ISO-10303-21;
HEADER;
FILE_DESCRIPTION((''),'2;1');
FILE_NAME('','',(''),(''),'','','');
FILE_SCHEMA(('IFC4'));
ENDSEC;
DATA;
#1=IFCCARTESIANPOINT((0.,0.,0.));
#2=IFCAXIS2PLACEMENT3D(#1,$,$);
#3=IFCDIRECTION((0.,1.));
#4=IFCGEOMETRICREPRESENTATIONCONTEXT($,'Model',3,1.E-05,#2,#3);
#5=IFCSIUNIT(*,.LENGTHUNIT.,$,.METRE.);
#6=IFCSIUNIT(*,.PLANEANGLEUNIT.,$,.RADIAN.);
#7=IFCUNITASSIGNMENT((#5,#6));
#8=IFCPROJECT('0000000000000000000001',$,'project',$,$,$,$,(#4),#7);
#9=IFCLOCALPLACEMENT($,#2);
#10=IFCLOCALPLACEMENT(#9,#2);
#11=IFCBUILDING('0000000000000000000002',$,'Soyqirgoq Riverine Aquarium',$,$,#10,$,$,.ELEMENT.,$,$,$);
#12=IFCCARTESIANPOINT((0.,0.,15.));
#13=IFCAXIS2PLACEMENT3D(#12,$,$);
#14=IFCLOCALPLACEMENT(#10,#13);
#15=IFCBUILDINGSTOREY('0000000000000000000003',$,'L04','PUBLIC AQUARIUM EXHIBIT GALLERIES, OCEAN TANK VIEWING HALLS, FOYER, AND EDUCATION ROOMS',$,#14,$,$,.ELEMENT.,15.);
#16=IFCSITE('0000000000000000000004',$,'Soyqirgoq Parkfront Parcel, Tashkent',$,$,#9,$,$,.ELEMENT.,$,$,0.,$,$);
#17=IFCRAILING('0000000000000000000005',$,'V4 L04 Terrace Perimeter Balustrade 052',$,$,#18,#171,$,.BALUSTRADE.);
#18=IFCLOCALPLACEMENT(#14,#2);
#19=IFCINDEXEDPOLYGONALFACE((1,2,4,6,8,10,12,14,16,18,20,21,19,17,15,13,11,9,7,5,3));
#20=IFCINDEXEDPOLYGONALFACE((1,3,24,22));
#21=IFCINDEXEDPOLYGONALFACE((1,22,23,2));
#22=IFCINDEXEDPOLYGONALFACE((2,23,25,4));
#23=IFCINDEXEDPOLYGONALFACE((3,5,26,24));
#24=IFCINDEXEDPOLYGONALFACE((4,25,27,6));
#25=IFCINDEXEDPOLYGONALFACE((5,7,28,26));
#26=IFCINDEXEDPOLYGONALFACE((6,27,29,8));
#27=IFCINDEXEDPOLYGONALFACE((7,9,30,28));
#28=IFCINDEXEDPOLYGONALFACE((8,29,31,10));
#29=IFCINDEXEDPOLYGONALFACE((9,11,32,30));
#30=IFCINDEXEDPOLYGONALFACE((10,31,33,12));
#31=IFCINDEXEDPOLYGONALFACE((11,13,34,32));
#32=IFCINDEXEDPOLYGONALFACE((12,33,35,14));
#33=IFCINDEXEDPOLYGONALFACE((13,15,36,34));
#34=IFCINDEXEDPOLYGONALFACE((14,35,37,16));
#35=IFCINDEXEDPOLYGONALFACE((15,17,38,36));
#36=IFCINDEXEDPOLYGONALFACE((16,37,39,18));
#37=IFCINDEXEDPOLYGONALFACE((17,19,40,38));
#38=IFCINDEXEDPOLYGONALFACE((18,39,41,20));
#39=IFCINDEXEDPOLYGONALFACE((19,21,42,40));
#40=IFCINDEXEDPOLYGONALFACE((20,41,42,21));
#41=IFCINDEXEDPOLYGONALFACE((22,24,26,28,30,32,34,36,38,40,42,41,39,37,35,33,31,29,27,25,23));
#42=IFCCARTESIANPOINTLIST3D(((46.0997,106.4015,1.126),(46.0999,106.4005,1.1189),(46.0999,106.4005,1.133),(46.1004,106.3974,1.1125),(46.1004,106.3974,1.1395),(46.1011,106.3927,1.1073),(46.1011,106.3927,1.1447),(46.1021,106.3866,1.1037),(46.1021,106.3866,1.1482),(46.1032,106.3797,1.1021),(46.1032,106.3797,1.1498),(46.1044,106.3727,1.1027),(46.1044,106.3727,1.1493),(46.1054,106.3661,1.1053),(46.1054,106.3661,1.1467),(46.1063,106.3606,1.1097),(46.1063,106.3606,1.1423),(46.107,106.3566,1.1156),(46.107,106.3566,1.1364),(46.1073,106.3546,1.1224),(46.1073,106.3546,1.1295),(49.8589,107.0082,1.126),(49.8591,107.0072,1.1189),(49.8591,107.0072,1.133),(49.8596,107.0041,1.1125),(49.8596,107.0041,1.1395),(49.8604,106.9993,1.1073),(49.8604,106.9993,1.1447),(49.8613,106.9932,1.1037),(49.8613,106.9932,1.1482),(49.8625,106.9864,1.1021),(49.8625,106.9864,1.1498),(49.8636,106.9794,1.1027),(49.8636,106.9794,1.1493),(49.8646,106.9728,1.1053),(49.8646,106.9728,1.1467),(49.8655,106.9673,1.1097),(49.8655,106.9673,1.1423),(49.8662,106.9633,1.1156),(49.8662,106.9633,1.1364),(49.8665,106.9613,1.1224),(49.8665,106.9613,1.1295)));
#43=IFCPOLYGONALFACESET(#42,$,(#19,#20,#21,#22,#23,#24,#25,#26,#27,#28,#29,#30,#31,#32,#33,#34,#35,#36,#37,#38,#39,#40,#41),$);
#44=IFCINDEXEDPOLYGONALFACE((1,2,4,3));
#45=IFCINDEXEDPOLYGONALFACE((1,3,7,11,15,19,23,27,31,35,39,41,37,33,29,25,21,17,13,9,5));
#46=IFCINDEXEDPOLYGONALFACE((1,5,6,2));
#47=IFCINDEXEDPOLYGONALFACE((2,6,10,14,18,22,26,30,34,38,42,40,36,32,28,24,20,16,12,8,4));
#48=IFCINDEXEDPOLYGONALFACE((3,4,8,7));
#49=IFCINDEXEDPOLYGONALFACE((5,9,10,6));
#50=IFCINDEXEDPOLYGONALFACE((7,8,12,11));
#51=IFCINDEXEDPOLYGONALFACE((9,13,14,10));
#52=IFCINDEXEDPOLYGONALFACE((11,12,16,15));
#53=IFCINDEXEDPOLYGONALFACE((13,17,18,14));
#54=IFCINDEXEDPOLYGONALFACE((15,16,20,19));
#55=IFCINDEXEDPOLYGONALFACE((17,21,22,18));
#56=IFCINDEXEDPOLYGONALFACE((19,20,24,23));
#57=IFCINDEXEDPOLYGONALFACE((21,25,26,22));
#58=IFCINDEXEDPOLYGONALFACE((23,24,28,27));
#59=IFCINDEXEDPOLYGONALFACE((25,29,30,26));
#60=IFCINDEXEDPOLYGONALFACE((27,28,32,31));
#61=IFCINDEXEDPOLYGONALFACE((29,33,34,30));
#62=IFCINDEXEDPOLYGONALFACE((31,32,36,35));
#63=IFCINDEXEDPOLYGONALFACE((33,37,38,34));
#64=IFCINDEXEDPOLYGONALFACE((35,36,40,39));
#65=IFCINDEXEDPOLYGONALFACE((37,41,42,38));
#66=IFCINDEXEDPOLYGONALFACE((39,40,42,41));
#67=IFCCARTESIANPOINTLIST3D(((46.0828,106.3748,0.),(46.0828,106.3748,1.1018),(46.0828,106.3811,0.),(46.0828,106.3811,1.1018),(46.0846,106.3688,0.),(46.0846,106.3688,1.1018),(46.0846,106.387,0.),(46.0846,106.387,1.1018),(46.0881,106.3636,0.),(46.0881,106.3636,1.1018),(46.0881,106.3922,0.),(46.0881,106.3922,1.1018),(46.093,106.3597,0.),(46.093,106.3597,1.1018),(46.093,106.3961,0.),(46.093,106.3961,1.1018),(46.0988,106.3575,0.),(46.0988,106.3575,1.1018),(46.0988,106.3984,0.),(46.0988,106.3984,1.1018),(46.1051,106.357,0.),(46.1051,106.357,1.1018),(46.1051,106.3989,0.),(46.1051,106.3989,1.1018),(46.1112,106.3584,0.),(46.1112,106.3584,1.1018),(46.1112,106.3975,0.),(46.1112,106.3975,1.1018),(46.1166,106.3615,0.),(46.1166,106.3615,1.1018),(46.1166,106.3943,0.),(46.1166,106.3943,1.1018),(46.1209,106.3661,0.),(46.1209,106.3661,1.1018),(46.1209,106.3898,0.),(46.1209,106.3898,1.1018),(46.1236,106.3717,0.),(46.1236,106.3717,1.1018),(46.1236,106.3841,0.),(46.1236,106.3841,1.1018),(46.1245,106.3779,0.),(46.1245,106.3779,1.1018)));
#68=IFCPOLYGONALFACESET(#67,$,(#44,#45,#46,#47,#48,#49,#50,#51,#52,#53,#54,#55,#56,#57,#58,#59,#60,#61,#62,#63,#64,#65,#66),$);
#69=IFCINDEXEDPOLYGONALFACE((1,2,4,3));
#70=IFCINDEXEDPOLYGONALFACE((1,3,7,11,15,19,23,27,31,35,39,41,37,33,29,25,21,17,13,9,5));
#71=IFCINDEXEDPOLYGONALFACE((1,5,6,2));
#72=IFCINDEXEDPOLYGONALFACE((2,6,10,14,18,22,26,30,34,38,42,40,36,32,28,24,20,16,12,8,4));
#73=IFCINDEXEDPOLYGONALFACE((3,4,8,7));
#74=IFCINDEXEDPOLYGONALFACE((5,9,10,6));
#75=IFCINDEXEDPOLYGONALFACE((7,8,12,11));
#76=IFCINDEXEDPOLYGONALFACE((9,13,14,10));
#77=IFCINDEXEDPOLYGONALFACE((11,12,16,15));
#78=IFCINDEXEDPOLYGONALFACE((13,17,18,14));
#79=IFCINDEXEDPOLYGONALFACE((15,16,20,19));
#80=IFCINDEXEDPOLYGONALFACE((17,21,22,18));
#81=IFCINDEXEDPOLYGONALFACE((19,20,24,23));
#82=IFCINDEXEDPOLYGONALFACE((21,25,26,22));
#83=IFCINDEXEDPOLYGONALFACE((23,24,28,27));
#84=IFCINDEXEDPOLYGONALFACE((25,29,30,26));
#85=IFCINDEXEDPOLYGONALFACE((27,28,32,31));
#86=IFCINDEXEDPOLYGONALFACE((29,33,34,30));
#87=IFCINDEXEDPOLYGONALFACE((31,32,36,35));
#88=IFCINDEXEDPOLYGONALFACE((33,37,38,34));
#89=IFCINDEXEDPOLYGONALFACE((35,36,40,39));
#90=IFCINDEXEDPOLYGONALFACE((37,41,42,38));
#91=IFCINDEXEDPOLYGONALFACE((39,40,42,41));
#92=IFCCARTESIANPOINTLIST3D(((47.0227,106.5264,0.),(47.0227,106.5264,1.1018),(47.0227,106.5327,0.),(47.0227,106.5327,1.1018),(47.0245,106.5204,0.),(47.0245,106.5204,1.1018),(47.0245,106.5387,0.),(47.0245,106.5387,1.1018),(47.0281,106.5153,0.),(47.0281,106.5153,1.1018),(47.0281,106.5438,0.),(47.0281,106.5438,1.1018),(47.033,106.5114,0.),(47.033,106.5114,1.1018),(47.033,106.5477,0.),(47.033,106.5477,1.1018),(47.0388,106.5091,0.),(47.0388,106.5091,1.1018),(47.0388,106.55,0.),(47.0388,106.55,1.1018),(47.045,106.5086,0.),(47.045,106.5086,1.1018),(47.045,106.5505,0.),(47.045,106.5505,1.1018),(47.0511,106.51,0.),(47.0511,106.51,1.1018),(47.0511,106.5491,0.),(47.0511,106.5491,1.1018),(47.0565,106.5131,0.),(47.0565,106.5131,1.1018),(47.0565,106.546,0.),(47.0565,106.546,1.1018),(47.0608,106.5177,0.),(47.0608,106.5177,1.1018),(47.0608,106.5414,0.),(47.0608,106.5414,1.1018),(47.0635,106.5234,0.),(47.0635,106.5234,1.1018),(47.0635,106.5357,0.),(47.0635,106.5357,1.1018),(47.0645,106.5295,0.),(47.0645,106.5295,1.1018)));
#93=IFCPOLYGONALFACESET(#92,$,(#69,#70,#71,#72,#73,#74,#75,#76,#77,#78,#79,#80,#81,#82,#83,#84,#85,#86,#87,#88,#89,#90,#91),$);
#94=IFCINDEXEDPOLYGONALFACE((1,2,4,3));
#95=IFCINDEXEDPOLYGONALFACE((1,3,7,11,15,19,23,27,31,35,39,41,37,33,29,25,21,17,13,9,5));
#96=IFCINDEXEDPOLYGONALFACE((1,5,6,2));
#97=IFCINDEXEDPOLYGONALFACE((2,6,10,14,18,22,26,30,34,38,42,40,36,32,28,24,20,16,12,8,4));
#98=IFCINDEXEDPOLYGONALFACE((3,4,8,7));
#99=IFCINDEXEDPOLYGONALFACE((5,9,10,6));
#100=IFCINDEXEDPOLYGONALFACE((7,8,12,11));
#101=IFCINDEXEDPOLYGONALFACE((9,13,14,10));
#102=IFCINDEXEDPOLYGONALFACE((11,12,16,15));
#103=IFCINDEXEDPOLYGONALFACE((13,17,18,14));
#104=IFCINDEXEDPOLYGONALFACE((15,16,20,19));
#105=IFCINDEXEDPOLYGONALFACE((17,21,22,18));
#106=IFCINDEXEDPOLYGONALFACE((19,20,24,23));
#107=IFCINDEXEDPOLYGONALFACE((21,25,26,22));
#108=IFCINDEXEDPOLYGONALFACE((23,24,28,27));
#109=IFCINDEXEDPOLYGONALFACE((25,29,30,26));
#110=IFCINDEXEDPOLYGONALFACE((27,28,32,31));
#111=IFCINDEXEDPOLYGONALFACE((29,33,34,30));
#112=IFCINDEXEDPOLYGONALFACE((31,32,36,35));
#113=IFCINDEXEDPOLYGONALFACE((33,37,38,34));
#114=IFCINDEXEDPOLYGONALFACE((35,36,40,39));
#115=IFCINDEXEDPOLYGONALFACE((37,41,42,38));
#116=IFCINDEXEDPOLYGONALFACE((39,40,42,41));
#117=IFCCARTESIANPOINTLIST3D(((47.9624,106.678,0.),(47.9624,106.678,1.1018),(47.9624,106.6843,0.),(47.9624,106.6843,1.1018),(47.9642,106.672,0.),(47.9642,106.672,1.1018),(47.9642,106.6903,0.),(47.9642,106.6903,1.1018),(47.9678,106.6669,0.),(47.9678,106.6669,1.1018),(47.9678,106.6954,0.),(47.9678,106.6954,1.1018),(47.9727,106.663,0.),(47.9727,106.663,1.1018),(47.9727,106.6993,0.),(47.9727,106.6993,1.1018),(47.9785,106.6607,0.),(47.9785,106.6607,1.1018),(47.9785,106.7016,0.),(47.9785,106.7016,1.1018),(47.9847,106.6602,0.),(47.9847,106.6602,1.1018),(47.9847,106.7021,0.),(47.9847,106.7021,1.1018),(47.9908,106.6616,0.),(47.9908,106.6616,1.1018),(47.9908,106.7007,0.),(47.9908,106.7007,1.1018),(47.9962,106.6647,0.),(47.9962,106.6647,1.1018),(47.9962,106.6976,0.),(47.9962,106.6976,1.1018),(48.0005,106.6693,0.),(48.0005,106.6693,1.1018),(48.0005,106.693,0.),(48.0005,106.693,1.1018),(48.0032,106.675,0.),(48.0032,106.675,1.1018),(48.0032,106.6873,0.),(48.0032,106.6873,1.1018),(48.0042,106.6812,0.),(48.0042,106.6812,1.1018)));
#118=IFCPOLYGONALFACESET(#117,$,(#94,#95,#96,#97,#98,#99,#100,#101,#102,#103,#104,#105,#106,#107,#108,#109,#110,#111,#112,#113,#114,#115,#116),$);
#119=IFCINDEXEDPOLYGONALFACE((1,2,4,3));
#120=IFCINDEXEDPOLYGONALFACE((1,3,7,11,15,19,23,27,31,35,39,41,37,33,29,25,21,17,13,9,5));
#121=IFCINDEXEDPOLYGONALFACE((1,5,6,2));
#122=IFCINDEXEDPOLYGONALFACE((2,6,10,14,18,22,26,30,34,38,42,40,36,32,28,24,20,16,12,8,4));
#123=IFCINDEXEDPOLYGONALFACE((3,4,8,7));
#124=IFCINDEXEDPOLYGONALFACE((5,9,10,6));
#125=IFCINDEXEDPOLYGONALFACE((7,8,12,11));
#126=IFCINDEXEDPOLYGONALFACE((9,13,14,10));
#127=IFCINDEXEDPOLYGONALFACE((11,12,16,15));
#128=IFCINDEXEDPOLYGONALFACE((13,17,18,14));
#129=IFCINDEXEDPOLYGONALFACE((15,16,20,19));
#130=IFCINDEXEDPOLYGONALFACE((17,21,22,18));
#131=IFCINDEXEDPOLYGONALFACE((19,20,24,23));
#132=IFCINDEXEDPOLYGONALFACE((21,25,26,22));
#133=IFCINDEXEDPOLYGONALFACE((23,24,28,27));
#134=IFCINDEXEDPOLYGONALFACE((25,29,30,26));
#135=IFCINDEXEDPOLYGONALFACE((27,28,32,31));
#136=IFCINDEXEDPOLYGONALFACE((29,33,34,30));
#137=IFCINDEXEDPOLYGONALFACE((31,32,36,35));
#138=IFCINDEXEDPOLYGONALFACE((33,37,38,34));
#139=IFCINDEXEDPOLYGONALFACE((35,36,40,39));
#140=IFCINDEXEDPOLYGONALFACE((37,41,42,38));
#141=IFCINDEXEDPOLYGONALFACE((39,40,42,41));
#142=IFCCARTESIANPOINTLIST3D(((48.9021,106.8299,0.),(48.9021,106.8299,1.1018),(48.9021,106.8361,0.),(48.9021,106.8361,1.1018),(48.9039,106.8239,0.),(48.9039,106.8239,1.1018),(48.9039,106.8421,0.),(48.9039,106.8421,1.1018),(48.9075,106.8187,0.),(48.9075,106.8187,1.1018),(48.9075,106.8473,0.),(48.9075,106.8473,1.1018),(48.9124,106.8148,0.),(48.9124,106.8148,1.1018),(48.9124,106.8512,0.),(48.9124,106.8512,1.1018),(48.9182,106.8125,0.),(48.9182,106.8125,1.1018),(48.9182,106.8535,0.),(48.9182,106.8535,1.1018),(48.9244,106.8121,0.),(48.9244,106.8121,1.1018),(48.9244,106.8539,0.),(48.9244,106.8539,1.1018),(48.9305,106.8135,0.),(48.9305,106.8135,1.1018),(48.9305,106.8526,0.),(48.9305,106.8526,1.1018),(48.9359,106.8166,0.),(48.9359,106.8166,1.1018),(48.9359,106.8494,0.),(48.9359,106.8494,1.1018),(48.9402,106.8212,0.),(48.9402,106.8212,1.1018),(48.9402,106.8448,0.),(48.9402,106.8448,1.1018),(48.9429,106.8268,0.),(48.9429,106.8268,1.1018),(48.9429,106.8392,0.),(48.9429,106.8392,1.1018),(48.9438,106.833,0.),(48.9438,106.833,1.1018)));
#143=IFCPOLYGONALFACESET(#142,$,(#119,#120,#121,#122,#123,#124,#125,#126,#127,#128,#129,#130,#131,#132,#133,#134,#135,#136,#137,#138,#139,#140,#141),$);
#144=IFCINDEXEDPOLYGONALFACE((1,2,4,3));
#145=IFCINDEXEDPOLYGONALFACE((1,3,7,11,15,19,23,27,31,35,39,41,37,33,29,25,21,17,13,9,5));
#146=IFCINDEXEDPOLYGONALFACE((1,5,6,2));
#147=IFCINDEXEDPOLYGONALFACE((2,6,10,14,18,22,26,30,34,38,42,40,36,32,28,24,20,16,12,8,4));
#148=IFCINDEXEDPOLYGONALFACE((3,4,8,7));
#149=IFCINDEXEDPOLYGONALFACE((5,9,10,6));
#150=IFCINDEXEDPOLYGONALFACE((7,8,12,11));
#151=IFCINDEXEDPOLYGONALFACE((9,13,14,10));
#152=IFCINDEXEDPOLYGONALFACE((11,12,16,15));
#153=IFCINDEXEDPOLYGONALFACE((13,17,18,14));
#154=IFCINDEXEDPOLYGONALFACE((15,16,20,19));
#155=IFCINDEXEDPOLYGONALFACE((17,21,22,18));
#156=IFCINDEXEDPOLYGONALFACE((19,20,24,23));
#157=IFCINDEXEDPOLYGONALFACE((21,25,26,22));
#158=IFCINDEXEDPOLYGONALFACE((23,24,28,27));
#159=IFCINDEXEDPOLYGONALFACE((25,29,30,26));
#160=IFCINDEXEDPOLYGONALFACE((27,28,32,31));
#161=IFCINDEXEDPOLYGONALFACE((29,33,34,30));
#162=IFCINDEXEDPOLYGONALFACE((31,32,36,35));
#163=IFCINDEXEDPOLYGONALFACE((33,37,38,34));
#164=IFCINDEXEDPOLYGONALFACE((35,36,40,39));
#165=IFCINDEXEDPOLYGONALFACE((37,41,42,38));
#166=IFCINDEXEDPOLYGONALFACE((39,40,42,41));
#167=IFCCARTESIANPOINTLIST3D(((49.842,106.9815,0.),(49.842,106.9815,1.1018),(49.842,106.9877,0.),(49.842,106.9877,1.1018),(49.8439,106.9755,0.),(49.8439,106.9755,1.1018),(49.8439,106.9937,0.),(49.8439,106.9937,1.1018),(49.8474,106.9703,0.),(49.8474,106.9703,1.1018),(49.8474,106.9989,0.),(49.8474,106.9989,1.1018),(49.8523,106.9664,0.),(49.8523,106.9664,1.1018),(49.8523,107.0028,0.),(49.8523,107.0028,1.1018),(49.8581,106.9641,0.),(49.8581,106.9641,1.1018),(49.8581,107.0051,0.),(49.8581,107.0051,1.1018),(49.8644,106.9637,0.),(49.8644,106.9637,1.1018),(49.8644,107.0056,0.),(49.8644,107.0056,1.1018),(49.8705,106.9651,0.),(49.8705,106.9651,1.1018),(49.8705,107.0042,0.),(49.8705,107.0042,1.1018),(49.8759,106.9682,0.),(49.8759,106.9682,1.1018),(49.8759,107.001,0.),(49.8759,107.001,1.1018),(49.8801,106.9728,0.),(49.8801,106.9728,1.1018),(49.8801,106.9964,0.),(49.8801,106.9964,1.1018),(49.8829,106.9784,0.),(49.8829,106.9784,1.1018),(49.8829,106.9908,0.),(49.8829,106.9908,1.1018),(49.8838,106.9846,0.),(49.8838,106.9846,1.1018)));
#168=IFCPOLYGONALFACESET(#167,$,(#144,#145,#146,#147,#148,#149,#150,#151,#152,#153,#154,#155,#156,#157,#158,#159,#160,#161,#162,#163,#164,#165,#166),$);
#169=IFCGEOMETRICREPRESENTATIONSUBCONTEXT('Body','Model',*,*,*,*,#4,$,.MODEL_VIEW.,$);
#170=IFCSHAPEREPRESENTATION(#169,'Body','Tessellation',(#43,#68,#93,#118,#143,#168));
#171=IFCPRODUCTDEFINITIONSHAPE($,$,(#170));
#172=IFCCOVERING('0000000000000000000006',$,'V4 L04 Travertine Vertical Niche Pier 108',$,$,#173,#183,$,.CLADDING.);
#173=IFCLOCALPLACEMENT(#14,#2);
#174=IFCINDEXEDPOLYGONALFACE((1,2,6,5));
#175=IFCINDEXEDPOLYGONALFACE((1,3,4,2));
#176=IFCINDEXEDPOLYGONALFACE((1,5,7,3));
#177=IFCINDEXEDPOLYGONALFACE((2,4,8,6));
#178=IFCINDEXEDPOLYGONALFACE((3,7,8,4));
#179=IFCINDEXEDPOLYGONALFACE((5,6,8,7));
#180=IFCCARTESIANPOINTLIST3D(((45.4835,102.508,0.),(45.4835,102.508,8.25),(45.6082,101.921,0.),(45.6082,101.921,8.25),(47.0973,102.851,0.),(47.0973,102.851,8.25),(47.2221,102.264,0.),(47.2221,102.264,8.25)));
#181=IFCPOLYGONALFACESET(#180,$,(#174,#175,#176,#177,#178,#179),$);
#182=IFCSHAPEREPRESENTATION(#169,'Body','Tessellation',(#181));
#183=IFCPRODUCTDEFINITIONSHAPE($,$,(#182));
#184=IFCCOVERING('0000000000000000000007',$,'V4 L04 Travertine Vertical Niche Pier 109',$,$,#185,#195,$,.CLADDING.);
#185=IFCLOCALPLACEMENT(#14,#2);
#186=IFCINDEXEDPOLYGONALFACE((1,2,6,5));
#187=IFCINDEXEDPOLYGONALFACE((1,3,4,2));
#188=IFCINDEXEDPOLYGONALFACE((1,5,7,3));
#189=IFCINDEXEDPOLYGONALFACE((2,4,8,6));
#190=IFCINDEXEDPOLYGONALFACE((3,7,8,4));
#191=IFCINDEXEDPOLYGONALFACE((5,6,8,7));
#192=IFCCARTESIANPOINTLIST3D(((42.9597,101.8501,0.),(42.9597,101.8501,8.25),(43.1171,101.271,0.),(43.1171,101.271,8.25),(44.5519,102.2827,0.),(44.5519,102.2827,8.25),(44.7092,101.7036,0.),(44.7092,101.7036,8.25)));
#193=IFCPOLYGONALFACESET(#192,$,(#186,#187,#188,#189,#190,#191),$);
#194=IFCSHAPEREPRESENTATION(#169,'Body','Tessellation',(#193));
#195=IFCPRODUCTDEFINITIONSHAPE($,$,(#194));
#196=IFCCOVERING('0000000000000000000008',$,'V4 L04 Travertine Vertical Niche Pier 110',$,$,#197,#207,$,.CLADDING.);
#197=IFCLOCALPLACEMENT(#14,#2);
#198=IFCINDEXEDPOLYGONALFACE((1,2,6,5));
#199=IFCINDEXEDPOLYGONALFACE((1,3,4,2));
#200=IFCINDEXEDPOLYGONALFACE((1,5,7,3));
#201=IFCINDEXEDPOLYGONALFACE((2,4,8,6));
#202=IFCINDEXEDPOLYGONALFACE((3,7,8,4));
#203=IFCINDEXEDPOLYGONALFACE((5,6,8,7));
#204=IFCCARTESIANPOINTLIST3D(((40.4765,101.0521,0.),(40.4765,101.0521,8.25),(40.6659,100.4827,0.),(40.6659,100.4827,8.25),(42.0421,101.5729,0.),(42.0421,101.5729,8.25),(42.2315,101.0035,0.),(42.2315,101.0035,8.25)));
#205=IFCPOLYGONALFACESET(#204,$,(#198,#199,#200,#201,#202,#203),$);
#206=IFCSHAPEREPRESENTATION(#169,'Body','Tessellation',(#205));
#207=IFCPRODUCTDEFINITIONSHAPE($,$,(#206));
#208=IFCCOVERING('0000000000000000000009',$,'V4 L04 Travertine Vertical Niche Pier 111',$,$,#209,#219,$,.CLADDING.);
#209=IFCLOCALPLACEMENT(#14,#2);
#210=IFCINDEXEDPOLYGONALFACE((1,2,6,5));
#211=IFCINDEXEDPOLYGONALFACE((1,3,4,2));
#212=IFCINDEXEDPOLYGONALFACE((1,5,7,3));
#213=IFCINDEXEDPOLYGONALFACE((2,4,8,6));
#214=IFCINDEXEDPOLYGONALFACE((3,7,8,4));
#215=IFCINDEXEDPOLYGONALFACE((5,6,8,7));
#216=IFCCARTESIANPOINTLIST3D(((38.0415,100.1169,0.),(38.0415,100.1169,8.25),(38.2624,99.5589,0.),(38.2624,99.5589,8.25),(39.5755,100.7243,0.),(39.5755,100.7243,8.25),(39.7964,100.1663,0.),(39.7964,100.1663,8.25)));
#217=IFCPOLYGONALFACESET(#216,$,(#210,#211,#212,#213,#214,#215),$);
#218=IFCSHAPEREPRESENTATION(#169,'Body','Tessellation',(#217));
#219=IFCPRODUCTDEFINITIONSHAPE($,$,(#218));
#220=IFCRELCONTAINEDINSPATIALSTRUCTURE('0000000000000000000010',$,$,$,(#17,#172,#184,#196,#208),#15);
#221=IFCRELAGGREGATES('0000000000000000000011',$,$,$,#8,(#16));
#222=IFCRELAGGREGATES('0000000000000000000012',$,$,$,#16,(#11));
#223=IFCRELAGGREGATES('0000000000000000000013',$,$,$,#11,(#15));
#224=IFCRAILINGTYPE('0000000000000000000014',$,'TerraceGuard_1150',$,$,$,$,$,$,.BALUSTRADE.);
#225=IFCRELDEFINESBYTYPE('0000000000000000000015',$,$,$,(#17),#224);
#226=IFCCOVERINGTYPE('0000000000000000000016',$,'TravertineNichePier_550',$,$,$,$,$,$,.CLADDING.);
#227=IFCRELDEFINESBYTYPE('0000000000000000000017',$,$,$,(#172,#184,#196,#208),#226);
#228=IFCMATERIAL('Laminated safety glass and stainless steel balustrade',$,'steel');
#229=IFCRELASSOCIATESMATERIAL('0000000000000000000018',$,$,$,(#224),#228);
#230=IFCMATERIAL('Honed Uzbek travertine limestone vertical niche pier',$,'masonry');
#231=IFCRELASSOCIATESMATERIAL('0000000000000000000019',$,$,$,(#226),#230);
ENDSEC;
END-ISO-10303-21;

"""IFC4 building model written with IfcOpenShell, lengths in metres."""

from ifc_helpers import new_model, si_unit, direction, frame, origin, origin_2d, place, context, subcontext, project, spatial, rectangle, circle, extrude, material, type_object, element, save


model = new_model("IFC4")

# Units and contexts
model_context = context("Model", 3, precision=1e-05, world=origin(), true_north=direction((0.0, 1.0)))
body_context = subcontext(model_context, "Body", "Model", "MODEL_VIEW")
ifc_project = project(units=[si_unit("LENGTHUNIT", "METRE"), si_unit("PLANEANGLEUNIT", "RADIAN")], contexts=[model_context])

# Site, building, storey
site_placement = place(None, origin())
site = spatial("IfcSite", under=ifc_project, at=site_placement, Name="Soyqirgoq Parkfront Parcel, Tashkent", CompositionType="ELEMENT", RefElevation=0.0)
building_placement = place(site_placement, origin())
building = spatial("IfcBuilding", under=site, at=building_placement, Name="Soyqirgoq Riverine Aquarium", CompositionType="ELEMENT")
storey_placement = place(building_placement, frame((0.0, 0.0, 15.0)))
storey = spatial("IfcBuildingStorey", under=building, at=storey_placement, Name="L04", Description="PUBLIC AQUARIUM EXHIBIT GALLERIES, OCEAN TANK VIEWING HALLS, FOYER, AND EDUCATION ROOMS", CompositionType="ELEMENT", Elevation=15.0)

# Railing
ifc_material_1 = material(Name="Laminated safety glass and stainless steel balustrade", Category="steel")
railing_type = type_object("IfcRailingType", Name="TerraceGuard_1150", PredefinedType="BALUSTRADE", material=ifc_material_1)
railing_1_placement = place(storey_placement, frame((46.1035, 106.3779, 0.0)))
element("IfcRailing", 1, at=railing_1_placement, inside=storey, type_object=railing_type, Name="V4 L04 Terrace Perimeter Balustrade 052", PredefinedType="BALUSTRADE", context=body_context, shape_type="SweptSolid", body=[
    extrude(circle(Radius=0.0239, at=origin_2d()), frame((0.0, 0.0, 1.126), z_axis=(0.987226, 0.159323, 0.0), x_axis=(-0.159323, 0.987226, 0.0)), (0.0, 0.0, 1.0), 3.8079),
    extrude(circle(Radius=0.021, at=origin_2d()), origin(), (0.0, 0.0, 1.0), 1.1018),
    extrude(circle(Radius=0.021, at=origin_2d()), frame((0.9399, 0.1516, 0.0)), (0.0, 0.0, 1.0), 1.1018),
    extrude(circle(Radius=0.021, at=origin_2d()), frame((1.8796, 0.3032, 0.0)), (0.0, 0.0, 1.0), 1.1018),
    extrude(circle(Radius=0.021, at=origin_2d()), frame((2.8193, 0.4551, 0.0)), (0.0, 0.0, 1.0), 1.1018),
    extrude(circle(Radius=0.021, at=origin_2d()), frame((3.7593, 0.6067, 0.0)), (0.0, 0.0, 1.0), 1.1018),
])

# Coverings
ifc_material_2 = material(Name="Honed Uzbek travertine limestone vertical niche pier", Category="masonry")
covering_type = type_object("IfcCoveringType", Name="TravertineNichePier_550", PredefinedType="CLADDING", material=ifc_material_2)
for number, where, z_axis, x_axis, name in (
    (2, (46.3528, 102.386, 0.0), (0.0, 0.0, 1.0), (-0.207912, 0.978148, 0.0), "V4 L04 Travertine Vertical Niche Pier 108"),
    (3, (43.8345, 101.7769, 0.0), (0.0, 0.0, 1.0), (-0.262189, 0.965016, 0.0), "V4 L04 Travertine Vertical Niche Pier 109"),
    (4, (41.354, 101.0278, 0.0), (0.0, 0.0, 1.0), (-0.315649, 0.948876, 0.0), "V4 L04 Travertine Vertical Niche Pier 110"),
    (5, (38.9189, 100.1416, 0.0), (0.0, 0.0, 1.0), (-0.368125, 0.929776, 0.0), "V4 L04 Travertine Vertical Niche Pier 111"),
):
    element("IfcCovering", number, at=place(storey_placement, frame(where, z_axis=z_axis, x_axis=x_axis)), inside=storey, type_object=covering_type, Name=name, PredefinedType="CLADDING", context=body_context, shape_type="SweptSolid", body=[
        extrude(rectangle(XDim=0.6001, YDim=1.6499, at=origin_2d()), origin(), (0.0, 0.0, 1.0), 8.25),
    ])

save(model, "model.ifc")
